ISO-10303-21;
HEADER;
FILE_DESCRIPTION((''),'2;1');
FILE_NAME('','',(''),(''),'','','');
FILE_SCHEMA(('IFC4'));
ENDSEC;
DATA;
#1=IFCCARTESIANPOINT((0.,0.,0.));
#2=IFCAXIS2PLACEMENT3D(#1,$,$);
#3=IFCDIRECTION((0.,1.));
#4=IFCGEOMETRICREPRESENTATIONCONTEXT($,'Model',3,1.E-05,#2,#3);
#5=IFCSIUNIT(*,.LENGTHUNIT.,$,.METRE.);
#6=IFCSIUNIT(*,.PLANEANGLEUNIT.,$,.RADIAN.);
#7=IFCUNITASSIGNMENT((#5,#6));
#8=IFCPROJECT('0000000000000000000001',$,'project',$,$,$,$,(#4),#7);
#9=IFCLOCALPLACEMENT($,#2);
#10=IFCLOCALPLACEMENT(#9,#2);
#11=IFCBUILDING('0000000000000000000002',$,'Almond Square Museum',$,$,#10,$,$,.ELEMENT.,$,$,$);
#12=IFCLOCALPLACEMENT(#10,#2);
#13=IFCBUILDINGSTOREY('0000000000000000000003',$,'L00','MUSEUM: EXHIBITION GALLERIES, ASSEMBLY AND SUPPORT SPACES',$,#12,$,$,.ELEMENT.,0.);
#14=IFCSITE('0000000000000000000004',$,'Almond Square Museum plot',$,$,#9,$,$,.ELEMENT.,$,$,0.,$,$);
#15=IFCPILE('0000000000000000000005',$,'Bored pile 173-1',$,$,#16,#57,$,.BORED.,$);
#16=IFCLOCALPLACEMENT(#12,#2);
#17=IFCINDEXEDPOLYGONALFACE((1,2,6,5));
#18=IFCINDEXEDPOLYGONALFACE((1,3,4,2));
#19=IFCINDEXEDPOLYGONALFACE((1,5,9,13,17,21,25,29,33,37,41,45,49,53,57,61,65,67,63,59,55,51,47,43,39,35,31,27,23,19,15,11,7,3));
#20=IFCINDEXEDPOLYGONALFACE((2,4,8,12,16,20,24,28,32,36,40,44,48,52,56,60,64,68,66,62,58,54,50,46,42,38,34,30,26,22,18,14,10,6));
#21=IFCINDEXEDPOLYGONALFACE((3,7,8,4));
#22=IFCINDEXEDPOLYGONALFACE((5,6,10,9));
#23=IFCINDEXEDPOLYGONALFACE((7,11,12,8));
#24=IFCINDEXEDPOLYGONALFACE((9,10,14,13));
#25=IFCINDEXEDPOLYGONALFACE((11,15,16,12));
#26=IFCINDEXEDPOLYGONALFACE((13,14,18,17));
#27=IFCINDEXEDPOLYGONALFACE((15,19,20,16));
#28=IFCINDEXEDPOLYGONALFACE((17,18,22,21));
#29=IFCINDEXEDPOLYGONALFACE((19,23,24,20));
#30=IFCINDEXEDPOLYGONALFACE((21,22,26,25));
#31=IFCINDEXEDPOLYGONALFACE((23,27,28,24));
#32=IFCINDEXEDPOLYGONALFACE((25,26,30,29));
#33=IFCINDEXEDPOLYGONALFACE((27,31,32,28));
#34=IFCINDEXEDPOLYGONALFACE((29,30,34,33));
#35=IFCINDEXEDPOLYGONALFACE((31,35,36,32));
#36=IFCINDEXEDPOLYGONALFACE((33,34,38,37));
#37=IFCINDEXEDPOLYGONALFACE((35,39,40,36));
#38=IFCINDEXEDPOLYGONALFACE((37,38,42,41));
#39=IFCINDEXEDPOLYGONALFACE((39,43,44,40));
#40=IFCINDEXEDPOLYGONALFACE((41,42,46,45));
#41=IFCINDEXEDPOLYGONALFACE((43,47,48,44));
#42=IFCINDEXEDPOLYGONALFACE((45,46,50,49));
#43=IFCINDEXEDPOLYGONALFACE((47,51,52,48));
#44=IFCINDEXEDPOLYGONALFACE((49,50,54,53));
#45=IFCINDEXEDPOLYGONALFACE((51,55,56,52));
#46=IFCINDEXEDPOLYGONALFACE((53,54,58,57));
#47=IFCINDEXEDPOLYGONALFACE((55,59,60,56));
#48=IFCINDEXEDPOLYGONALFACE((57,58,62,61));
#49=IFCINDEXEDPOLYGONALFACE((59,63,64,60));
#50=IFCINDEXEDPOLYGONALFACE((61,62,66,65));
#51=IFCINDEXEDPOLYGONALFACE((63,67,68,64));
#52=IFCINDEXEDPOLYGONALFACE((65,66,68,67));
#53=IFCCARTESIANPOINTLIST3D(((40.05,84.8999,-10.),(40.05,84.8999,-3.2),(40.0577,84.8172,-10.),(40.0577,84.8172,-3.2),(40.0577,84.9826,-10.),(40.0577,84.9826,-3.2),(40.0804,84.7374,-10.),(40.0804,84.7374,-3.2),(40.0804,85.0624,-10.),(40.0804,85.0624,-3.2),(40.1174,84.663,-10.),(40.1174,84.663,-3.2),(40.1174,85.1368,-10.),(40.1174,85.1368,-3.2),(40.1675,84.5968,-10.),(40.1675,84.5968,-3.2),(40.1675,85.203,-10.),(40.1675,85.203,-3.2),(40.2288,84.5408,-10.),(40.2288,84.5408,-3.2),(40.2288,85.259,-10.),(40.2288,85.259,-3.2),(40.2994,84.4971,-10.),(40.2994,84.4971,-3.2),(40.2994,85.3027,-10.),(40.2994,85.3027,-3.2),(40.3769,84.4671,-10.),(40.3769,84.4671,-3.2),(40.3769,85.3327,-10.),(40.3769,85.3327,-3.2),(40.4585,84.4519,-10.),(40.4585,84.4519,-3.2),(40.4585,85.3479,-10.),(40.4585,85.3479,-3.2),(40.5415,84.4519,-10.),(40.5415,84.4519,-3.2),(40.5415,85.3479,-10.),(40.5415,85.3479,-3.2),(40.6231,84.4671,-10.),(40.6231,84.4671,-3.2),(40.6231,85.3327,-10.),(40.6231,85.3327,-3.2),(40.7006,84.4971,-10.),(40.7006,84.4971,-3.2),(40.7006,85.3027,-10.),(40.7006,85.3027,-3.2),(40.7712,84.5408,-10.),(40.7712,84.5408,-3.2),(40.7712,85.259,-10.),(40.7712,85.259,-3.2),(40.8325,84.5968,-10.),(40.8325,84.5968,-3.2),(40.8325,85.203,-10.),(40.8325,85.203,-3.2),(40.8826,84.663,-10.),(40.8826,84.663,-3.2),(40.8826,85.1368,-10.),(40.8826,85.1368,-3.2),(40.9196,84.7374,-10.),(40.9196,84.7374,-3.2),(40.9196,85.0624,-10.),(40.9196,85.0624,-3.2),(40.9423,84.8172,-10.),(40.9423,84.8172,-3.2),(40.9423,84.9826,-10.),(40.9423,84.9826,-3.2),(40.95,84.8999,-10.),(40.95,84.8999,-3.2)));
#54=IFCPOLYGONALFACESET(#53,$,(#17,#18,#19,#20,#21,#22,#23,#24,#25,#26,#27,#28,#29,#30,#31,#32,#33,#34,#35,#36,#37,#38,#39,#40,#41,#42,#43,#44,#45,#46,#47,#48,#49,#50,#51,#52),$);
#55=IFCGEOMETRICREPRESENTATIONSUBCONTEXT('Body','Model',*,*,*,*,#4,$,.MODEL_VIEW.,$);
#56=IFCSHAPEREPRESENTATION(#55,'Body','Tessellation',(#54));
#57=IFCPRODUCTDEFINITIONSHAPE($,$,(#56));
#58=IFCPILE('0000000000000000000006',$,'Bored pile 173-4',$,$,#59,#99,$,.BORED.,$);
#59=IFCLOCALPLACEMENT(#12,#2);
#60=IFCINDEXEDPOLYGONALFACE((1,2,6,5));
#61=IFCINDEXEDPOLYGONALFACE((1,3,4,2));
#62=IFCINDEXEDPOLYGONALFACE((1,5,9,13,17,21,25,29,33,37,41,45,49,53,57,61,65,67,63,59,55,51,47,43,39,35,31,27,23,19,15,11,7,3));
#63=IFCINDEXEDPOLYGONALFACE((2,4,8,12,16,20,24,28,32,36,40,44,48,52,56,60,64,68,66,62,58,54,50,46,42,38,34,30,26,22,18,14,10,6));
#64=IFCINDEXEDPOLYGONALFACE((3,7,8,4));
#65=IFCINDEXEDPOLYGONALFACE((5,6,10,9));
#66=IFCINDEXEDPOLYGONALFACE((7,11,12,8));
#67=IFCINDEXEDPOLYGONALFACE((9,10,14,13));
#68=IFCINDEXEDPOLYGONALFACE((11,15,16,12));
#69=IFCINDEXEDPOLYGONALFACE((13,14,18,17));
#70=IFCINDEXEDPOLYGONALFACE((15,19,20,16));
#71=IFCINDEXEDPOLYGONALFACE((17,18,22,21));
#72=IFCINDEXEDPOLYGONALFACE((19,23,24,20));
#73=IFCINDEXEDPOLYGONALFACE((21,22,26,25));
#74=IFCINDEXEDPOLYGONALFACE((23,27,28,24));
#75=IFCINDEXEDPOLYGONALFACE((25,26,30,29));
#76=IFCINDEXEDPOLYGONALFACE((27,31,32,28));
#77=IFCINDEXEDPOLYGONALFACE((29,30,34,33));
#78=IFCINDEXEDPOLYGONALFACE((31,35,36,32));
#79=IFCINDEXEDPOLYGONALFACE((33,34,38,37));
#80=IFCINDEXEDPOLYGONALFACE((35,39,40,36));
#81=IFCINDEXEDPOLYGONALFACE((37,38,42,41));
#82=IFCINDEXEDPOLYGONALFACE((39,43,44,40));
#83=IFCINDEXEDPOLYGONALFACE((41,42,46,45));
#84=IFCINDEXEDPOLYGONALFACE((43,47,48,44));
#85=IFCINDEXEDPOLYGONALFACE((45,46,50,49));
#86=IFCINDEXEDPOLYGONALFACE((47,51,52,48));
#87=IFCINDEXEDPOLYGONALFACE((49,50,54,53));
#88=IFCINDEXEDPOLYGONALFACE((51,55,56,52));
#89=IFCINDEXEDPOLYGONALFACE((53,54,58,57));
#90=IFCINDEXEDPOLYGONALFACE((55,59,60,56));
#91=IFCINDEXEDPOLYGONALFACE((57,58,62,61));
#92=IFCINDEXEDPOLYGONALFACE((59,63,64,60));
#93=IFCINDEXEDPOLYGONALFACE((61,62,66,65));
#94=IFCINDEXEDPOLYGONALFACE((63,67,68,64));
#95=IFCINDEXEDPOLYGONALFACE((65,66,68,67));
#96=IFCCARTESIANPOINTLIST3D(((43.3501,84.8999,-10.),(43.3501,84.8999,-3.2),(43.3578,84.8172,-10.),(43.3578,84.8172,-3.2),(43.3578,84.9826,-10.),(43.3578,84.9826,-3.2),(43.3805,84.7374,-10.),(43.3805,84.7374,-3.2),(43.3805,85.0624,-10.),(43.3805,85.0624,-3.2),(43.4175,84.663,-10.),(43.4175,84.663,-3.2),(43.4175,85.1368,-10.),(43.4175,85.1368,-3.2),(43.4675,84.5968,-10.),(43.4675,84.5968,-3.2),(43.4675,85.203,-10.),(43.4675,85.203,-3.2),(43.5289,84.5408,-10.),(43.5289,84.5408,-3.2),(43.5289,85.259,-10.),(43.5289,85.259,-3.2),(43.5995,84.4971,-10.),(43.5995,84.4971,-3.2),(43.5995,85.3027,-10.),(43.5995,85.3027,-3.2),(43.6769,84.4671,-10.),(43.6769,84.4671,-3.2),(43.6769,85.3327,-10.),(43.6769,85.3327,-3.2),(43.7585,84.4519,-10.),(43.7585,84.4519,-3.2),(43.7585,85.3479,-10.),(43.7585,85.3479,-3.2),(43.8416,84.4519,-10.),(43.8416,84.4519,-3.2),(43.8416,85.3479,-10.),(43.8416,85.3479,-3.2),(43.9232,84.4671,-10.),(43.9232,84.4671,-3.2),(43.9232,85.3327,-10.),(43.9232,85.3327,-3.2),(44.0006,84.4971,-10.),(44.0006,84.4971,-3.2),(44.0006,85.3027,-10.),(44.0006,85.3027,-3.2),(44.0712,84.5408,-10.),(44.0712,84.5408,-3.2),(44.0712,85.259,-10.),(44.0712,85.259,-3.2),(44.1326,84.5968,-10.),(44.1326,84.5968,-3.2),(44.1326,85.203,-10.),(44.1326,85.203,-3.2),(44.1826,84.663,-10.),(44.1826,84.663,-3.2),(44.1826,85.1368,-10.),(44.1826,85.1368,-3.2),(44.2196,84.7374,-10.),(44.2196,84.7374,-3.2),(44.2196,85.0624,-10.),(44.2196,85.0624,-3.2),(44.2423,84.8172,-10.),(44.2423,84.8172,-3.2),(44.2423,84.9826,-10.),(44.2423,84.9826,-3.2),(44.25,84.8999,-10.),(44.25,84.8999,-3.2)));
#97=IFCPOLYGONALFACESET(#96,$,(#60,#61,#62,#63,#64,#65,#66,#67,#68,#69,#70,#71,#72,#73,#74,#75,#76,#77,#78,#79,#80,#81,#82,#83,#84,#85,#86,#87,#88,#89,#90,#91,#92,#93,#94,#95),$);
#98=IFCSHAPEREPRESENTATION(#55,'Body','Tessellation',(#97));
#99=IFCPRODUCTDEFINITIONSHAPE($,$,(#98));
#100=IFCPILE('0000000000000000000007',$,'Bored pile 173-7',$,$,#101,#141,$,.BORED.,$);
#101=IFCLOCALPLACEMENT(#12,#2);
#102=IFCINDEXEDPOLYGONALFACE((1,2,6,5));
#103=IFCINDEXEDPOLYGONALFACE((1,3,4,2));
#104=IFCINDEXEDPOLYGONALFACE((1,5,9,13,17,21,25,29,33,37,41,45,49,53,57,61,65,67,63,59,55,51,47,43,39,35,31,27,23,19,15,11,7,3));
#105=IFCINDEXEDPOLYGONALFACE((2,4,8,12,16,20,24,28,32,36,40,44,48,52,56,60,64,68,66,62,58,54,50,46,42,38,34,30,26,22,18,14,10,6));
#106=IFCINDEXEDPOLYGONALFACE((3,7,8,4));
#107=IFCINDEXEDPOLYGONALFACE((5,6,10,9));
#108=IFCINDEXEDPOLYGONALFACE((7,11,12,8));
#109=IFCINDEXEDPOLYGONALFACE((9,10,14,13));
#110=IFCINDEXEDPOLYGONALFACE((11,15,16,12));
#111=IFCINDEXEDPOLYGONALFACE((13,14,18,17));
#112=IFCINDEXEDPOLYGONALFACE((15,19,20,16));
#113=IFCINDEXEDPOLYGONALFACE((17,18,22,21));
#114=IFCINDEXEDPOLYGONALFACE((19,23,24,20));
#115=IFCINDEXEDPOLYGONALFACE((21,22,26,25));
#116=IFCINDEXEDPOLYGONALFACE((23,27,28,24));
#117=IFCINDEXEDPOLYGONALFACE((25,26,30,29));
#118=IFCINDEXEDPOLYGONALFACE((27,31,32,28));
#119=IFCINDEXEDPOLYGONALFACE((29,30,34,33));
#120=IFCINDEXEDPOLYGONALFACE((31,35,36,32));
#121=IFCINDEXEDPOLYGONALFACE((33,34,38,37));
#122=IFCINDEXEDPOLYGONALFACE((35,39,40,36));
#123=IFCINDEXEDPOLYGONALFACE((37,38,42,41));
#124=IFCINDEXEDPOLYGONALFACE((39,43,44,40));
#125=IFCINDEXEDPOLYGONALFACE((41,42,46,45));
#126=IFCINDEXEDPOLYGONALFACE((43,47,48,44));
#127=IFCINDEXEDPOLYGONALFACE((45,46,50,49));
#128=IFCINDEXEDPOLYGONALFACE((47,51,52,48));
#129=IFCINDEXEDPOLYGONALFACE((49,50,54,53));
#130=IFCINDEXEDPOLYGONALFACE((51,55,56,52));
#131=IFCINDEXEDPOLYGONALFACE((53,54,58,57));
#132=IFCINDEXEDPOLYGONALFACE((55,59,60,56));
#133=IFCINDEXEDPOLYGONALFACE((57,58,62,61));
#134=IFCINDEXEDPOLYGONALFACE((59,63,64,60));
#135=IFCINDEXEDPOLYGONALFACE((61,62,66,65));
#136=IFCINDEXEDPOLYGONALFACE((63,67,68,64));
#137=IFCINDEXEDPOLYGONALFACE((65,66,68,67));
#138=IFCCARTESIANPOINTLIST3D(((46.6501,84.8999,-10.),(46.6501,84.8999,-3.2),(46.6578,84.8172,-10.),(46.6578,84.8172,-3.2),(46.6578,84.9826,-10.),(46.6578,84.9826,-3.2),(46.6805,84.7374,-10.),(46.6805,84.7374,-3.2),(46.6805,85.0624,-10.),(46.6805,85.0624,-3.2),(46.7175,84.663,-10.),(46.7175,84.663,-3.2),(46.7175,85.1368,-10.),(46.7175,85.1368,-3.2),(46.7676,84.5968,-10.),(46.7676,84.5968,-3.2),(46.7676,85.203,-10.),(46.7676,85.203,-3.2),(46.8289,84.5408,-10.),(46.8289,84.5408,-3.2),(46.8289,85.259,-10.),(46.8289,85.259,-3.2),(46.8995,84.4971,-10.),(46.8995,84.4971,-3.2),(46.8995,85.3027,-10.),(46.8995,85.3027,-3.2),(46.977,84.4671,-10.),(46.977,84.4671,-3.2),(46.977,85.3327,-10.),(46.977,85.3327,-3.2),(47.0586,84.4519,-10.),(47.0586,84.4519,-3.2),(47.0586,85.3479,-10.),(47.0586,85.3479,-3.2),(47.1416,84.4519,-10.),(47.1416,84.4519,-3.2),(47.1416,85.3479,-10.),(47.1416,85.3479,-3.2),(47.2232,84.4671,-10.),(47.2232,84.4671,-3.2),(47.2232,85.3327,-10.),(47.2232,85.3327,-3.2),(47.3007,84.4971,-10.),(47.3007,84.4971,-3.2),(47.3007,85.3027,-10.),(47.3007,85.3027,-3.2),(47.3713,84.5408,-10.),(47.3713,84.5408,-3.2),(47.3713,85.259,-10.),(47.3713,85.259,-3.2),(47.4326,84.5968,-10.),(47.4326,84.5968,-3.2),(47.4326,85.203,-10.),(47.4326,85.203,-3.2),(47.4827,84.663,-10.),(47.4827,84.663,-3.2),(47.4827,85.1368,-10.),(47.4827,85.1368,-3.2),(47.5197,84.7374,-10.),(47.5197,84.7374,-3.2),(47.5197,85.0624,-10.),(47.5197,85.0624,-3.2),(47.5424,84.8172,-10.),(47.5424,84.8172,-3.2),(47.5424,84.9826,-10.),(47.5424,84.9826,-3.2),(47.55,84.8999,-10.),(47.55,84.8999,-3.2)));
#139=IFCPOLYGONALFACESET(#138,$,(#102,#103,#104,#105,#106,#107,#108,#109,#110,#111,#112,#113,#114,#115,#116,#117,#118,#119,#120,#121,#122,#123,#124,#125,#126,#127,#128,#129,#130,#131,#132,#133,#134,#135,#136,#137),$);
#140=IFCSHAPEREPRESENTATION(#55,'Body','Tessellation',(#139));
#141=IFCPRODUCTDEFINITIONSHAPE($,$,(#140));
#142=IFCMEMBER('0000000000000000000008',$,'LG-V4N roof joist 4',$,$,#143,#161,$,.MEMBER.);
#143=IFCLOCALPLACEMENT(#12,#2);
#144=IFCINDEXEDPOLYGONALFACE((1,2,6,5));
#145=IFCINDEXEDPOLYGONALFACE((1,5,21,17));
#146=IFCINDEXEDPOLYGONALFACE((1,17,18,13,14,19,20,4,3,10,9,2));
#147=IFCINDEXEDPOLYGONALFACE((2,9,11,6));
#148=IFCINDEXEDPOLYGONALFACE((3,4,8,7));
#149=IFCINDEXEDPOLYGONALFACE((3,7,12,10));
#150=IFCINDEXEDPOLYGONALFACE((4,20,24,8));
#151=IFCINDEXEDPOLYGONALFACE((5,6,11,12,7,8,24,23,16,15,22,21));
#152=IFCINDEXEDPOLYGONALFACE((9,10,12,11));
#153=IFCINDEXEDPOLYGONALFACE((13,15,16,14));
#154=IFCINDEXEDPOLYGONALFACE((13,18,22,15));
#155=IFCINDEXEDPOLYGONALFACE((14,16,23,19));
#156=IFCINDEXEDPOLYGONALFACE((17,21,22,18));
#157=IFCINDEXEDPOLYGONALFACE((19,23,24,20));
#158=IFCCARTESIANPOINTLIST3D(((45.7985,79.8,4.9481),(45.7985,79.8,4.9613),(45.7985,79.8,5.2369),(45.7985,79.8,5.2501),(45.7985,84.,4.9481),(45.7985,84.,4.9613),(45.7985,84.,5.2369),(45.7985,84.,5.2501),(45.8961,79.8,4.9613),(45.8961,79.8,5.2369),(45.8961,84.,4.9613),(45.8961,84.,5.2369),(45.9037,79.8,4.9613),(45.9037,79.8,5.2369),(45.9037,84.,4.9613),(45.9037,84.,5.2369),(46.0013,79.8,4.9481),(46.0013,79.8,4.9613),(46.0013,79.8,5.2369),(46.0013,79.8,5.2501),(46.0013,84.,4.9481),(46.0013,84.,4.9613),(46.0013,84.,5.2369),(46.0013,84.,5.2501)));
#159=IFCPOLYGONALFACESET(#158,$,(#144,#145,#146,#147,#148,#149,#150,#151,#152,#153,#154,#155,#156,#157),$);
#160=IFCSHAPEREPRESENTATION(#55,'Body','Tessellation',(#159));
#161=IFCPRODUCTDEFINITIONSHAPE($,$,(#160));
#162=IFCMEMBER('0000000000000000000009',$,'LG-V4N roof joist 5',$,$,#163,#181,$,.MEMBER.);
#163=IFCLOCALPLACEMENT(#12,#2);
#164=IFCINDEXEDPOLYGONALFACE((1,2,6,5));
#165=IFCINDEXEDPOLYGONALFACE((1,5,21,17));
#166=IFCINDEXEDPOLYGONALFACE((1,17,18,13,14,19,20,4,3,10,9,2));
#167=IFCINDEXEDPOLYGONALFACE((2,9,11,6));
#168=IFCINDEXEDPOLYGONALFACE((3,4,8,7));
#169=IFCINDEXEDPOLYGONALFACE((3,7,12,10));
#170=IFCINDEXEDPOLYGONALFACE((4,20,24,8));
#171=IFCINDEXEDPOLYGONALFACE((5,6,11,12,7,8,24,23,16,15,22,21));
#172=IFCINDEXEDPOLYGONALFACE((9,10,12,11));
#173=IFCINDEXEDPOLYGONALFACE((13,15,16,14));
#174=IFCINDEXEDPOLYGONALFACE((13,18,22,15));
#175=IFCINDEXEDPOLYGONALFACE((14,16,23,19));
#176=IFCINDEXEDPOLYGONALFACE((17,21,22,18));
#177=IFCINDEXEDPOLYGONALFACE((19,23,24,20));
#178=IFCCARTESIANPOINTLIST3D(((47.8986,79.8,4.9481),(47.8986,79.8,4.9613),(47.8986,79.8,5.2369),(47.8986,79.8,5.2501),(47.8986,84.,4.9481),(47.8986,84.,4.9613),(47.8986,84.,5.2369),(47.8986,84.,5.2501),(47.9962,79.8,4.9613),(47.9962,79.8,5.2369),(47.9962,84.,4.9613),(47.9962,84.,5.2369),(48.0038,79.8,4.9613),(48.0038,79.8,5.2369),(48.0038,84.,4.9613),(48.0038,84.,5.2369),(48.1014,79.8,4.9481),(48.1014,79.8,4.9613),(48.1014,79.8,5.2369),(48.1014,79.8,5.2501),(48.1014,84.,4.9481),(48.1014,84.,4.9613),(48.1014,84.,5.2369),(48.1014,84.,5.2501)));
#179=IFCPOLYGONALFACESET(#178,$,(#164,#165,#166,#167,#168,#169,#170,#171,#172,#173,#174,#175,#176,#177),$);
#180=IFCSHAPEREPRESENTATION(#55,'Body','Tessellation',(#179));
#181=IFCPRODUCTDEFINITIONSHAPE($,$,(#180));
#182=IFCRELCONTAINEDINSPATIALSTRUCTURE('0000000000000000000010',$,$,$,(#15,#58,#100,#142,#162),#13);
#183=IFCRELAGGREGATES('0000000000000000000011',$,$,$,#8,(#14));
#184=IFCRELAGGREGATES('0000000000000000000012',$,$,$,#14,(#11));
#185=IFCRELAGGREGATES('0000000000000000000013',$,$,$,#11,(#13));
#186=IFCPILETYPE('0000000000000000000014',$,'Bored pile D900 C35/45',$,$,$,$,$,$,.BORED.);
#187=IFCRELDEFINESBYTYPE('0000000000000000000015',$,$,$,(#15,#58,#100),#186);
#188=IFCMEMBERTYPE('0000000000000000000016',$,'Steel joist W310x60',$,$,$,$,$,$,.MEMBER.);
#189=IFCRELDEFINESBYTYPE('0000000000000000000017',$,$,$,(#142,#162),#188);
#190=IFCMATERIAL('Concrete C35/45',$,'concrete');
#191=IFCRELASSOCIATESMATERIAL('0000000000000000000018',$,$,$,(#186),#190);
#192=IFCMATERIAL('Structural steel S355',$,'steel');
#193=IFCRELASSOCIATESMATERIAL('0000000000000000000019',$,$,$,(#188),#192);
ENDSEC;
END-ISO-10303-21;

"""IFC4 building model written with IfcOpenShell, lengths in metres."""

from ifc_helpers import new_model, si_unit, direction, frame, origin, origin_2d, place, context, subcontext, project, spatial, circle, i_section, extrude, material, material_profile, profile_set, type_object, element, save


model = new_model("IFC4")

# Units and contexts
model_context = context("Model", 3, precision=1e-05, world=origin(), true_north=direction((0.0, 1.0)))
body_context = subcontext(model_context, "Body", "Model", "MODEL_VIEW")
ifc_project = project(units=[si_unit("LENGTHUNIT", "METRE"), si_unit("PLANEANGLEUNIT", "RADIAN")], contexts=[model_context])

# Site, building, storey
site_placement = place(None, origin())
site = spatial("IfcSite", under=ifc_project, at=site_placement, Name="Almond Square Museum plot", CompositionType="ELEMENT", RefElevation=0.0)
building_placement = place(site_placement, origin())
building = spatial("IfcBuilding", under=site, at=building_placement, Name="Almond Square Museum", CompositionType="ELEMENT")
storey_placement = place(building_placement, origin())
storey = spatial("IfcBuildingStorey", under=building, at=storey_placement, Name="L00", Description="MUSEUM: EXHIBITION GALLERIES, ASSEMBLY AND SUPPORT SPACES", CompositionType="ELEMENT", Elevation=0.0)

# Piles
ifc_material_1 = material(Name="Concrete C35/45", Category="concrete")
ifc_material_profile_1 = material_profile(ifc_material_1, circle(Radius=0.45, at=origin_2d()))
ifc_profile_set_1 = profile_set([ifc_material_profile_1], Name="Concrete C35/45")
pile_type = type_object("IfcPileType", Name="Bored pile D900 C35/45", PredefinedType="BORED", material=ifc_profile_set_1)
for number, where, z_axis, x_axis, name in (
    (1, (40.5, 84.8999, -3.2), (0.0, 0.0, -1.0), (1.0, 0.0, 0.0), "Bored pile 173-1"),
    (2, (43.8, 84.8999, -3.2), (0.0, 0.0, -1.0), (1.0, 0.0, 0.0), "Bored pile 173-4"),
    (3, (47.1001, 84.8999, -3.2), (0.0, 0.0, -1.0), (1.0, 0.0, 0.0), "Bored pile 173-7"),
):
    element("IfcPile", number, at=place(storey_placement, frame(where, z_axis=z_axis, x_axis=x_axis)), inside=storey, type_object=pile_type, Name=name, PredefinedType="BORED", context=body_context, shape_type="SweptSolid", body=[
        extrude(circle(Radius=0.45, at=origin_2d()), origin(), (0.0, 0.0, 1.0), 6.8),
    ])

# Members
ifc_material_2 = material(Name="Structural steel S355", Category="steel")
ifc_material_profile_2 = material_profile(ifc_material_2, i_section(OverallWidth=0.2029, OverallDepth=0.302, WebThickness=0.0076, FlangeThickness=0.0132, at=origin_2d()))
ifc_profile_set_2 = profile_set([ifc_material_profile_2], Name="Structural steel S355")
member_type = type_object("IfcMemberType", Name="Steel joist W310x60", PredefinedType="MEMBER", material=ifc_profile_set_2)
for number, where, z_axis, x_axis, name in (
    (4, (45.8999, 84.0, 5.0991), (0.0, -1.0, 0.0), (1.0, 0.0, 0.0), "LG-V4N roof joist 4"),
    (5, (48.0, 84.0, 5.0991), (0.0, -1.0, 0.0), (1.0, 0.0, 0.0), "LG-V4N roof joist 5"),
):
    element("IfcMember", number, at=place(storey_placement, frame(where, z_axis=z_axis, x_axis=x_axis)), inside=storey, type_object=member_type, Name=name, PredefinedType="MEMBER", context=body_context, shape_type="SweptSolid", body=[
        extrude(i_section(OverallWidth=0.2029, OverallDepth=0.302, WebThickness=0.0076, FlangeThickness=0.0132, at=origin_2d()), origin(), (0.0, 0.0, 1.0), 4.2),
    ])

save(model, "model.ifc")
